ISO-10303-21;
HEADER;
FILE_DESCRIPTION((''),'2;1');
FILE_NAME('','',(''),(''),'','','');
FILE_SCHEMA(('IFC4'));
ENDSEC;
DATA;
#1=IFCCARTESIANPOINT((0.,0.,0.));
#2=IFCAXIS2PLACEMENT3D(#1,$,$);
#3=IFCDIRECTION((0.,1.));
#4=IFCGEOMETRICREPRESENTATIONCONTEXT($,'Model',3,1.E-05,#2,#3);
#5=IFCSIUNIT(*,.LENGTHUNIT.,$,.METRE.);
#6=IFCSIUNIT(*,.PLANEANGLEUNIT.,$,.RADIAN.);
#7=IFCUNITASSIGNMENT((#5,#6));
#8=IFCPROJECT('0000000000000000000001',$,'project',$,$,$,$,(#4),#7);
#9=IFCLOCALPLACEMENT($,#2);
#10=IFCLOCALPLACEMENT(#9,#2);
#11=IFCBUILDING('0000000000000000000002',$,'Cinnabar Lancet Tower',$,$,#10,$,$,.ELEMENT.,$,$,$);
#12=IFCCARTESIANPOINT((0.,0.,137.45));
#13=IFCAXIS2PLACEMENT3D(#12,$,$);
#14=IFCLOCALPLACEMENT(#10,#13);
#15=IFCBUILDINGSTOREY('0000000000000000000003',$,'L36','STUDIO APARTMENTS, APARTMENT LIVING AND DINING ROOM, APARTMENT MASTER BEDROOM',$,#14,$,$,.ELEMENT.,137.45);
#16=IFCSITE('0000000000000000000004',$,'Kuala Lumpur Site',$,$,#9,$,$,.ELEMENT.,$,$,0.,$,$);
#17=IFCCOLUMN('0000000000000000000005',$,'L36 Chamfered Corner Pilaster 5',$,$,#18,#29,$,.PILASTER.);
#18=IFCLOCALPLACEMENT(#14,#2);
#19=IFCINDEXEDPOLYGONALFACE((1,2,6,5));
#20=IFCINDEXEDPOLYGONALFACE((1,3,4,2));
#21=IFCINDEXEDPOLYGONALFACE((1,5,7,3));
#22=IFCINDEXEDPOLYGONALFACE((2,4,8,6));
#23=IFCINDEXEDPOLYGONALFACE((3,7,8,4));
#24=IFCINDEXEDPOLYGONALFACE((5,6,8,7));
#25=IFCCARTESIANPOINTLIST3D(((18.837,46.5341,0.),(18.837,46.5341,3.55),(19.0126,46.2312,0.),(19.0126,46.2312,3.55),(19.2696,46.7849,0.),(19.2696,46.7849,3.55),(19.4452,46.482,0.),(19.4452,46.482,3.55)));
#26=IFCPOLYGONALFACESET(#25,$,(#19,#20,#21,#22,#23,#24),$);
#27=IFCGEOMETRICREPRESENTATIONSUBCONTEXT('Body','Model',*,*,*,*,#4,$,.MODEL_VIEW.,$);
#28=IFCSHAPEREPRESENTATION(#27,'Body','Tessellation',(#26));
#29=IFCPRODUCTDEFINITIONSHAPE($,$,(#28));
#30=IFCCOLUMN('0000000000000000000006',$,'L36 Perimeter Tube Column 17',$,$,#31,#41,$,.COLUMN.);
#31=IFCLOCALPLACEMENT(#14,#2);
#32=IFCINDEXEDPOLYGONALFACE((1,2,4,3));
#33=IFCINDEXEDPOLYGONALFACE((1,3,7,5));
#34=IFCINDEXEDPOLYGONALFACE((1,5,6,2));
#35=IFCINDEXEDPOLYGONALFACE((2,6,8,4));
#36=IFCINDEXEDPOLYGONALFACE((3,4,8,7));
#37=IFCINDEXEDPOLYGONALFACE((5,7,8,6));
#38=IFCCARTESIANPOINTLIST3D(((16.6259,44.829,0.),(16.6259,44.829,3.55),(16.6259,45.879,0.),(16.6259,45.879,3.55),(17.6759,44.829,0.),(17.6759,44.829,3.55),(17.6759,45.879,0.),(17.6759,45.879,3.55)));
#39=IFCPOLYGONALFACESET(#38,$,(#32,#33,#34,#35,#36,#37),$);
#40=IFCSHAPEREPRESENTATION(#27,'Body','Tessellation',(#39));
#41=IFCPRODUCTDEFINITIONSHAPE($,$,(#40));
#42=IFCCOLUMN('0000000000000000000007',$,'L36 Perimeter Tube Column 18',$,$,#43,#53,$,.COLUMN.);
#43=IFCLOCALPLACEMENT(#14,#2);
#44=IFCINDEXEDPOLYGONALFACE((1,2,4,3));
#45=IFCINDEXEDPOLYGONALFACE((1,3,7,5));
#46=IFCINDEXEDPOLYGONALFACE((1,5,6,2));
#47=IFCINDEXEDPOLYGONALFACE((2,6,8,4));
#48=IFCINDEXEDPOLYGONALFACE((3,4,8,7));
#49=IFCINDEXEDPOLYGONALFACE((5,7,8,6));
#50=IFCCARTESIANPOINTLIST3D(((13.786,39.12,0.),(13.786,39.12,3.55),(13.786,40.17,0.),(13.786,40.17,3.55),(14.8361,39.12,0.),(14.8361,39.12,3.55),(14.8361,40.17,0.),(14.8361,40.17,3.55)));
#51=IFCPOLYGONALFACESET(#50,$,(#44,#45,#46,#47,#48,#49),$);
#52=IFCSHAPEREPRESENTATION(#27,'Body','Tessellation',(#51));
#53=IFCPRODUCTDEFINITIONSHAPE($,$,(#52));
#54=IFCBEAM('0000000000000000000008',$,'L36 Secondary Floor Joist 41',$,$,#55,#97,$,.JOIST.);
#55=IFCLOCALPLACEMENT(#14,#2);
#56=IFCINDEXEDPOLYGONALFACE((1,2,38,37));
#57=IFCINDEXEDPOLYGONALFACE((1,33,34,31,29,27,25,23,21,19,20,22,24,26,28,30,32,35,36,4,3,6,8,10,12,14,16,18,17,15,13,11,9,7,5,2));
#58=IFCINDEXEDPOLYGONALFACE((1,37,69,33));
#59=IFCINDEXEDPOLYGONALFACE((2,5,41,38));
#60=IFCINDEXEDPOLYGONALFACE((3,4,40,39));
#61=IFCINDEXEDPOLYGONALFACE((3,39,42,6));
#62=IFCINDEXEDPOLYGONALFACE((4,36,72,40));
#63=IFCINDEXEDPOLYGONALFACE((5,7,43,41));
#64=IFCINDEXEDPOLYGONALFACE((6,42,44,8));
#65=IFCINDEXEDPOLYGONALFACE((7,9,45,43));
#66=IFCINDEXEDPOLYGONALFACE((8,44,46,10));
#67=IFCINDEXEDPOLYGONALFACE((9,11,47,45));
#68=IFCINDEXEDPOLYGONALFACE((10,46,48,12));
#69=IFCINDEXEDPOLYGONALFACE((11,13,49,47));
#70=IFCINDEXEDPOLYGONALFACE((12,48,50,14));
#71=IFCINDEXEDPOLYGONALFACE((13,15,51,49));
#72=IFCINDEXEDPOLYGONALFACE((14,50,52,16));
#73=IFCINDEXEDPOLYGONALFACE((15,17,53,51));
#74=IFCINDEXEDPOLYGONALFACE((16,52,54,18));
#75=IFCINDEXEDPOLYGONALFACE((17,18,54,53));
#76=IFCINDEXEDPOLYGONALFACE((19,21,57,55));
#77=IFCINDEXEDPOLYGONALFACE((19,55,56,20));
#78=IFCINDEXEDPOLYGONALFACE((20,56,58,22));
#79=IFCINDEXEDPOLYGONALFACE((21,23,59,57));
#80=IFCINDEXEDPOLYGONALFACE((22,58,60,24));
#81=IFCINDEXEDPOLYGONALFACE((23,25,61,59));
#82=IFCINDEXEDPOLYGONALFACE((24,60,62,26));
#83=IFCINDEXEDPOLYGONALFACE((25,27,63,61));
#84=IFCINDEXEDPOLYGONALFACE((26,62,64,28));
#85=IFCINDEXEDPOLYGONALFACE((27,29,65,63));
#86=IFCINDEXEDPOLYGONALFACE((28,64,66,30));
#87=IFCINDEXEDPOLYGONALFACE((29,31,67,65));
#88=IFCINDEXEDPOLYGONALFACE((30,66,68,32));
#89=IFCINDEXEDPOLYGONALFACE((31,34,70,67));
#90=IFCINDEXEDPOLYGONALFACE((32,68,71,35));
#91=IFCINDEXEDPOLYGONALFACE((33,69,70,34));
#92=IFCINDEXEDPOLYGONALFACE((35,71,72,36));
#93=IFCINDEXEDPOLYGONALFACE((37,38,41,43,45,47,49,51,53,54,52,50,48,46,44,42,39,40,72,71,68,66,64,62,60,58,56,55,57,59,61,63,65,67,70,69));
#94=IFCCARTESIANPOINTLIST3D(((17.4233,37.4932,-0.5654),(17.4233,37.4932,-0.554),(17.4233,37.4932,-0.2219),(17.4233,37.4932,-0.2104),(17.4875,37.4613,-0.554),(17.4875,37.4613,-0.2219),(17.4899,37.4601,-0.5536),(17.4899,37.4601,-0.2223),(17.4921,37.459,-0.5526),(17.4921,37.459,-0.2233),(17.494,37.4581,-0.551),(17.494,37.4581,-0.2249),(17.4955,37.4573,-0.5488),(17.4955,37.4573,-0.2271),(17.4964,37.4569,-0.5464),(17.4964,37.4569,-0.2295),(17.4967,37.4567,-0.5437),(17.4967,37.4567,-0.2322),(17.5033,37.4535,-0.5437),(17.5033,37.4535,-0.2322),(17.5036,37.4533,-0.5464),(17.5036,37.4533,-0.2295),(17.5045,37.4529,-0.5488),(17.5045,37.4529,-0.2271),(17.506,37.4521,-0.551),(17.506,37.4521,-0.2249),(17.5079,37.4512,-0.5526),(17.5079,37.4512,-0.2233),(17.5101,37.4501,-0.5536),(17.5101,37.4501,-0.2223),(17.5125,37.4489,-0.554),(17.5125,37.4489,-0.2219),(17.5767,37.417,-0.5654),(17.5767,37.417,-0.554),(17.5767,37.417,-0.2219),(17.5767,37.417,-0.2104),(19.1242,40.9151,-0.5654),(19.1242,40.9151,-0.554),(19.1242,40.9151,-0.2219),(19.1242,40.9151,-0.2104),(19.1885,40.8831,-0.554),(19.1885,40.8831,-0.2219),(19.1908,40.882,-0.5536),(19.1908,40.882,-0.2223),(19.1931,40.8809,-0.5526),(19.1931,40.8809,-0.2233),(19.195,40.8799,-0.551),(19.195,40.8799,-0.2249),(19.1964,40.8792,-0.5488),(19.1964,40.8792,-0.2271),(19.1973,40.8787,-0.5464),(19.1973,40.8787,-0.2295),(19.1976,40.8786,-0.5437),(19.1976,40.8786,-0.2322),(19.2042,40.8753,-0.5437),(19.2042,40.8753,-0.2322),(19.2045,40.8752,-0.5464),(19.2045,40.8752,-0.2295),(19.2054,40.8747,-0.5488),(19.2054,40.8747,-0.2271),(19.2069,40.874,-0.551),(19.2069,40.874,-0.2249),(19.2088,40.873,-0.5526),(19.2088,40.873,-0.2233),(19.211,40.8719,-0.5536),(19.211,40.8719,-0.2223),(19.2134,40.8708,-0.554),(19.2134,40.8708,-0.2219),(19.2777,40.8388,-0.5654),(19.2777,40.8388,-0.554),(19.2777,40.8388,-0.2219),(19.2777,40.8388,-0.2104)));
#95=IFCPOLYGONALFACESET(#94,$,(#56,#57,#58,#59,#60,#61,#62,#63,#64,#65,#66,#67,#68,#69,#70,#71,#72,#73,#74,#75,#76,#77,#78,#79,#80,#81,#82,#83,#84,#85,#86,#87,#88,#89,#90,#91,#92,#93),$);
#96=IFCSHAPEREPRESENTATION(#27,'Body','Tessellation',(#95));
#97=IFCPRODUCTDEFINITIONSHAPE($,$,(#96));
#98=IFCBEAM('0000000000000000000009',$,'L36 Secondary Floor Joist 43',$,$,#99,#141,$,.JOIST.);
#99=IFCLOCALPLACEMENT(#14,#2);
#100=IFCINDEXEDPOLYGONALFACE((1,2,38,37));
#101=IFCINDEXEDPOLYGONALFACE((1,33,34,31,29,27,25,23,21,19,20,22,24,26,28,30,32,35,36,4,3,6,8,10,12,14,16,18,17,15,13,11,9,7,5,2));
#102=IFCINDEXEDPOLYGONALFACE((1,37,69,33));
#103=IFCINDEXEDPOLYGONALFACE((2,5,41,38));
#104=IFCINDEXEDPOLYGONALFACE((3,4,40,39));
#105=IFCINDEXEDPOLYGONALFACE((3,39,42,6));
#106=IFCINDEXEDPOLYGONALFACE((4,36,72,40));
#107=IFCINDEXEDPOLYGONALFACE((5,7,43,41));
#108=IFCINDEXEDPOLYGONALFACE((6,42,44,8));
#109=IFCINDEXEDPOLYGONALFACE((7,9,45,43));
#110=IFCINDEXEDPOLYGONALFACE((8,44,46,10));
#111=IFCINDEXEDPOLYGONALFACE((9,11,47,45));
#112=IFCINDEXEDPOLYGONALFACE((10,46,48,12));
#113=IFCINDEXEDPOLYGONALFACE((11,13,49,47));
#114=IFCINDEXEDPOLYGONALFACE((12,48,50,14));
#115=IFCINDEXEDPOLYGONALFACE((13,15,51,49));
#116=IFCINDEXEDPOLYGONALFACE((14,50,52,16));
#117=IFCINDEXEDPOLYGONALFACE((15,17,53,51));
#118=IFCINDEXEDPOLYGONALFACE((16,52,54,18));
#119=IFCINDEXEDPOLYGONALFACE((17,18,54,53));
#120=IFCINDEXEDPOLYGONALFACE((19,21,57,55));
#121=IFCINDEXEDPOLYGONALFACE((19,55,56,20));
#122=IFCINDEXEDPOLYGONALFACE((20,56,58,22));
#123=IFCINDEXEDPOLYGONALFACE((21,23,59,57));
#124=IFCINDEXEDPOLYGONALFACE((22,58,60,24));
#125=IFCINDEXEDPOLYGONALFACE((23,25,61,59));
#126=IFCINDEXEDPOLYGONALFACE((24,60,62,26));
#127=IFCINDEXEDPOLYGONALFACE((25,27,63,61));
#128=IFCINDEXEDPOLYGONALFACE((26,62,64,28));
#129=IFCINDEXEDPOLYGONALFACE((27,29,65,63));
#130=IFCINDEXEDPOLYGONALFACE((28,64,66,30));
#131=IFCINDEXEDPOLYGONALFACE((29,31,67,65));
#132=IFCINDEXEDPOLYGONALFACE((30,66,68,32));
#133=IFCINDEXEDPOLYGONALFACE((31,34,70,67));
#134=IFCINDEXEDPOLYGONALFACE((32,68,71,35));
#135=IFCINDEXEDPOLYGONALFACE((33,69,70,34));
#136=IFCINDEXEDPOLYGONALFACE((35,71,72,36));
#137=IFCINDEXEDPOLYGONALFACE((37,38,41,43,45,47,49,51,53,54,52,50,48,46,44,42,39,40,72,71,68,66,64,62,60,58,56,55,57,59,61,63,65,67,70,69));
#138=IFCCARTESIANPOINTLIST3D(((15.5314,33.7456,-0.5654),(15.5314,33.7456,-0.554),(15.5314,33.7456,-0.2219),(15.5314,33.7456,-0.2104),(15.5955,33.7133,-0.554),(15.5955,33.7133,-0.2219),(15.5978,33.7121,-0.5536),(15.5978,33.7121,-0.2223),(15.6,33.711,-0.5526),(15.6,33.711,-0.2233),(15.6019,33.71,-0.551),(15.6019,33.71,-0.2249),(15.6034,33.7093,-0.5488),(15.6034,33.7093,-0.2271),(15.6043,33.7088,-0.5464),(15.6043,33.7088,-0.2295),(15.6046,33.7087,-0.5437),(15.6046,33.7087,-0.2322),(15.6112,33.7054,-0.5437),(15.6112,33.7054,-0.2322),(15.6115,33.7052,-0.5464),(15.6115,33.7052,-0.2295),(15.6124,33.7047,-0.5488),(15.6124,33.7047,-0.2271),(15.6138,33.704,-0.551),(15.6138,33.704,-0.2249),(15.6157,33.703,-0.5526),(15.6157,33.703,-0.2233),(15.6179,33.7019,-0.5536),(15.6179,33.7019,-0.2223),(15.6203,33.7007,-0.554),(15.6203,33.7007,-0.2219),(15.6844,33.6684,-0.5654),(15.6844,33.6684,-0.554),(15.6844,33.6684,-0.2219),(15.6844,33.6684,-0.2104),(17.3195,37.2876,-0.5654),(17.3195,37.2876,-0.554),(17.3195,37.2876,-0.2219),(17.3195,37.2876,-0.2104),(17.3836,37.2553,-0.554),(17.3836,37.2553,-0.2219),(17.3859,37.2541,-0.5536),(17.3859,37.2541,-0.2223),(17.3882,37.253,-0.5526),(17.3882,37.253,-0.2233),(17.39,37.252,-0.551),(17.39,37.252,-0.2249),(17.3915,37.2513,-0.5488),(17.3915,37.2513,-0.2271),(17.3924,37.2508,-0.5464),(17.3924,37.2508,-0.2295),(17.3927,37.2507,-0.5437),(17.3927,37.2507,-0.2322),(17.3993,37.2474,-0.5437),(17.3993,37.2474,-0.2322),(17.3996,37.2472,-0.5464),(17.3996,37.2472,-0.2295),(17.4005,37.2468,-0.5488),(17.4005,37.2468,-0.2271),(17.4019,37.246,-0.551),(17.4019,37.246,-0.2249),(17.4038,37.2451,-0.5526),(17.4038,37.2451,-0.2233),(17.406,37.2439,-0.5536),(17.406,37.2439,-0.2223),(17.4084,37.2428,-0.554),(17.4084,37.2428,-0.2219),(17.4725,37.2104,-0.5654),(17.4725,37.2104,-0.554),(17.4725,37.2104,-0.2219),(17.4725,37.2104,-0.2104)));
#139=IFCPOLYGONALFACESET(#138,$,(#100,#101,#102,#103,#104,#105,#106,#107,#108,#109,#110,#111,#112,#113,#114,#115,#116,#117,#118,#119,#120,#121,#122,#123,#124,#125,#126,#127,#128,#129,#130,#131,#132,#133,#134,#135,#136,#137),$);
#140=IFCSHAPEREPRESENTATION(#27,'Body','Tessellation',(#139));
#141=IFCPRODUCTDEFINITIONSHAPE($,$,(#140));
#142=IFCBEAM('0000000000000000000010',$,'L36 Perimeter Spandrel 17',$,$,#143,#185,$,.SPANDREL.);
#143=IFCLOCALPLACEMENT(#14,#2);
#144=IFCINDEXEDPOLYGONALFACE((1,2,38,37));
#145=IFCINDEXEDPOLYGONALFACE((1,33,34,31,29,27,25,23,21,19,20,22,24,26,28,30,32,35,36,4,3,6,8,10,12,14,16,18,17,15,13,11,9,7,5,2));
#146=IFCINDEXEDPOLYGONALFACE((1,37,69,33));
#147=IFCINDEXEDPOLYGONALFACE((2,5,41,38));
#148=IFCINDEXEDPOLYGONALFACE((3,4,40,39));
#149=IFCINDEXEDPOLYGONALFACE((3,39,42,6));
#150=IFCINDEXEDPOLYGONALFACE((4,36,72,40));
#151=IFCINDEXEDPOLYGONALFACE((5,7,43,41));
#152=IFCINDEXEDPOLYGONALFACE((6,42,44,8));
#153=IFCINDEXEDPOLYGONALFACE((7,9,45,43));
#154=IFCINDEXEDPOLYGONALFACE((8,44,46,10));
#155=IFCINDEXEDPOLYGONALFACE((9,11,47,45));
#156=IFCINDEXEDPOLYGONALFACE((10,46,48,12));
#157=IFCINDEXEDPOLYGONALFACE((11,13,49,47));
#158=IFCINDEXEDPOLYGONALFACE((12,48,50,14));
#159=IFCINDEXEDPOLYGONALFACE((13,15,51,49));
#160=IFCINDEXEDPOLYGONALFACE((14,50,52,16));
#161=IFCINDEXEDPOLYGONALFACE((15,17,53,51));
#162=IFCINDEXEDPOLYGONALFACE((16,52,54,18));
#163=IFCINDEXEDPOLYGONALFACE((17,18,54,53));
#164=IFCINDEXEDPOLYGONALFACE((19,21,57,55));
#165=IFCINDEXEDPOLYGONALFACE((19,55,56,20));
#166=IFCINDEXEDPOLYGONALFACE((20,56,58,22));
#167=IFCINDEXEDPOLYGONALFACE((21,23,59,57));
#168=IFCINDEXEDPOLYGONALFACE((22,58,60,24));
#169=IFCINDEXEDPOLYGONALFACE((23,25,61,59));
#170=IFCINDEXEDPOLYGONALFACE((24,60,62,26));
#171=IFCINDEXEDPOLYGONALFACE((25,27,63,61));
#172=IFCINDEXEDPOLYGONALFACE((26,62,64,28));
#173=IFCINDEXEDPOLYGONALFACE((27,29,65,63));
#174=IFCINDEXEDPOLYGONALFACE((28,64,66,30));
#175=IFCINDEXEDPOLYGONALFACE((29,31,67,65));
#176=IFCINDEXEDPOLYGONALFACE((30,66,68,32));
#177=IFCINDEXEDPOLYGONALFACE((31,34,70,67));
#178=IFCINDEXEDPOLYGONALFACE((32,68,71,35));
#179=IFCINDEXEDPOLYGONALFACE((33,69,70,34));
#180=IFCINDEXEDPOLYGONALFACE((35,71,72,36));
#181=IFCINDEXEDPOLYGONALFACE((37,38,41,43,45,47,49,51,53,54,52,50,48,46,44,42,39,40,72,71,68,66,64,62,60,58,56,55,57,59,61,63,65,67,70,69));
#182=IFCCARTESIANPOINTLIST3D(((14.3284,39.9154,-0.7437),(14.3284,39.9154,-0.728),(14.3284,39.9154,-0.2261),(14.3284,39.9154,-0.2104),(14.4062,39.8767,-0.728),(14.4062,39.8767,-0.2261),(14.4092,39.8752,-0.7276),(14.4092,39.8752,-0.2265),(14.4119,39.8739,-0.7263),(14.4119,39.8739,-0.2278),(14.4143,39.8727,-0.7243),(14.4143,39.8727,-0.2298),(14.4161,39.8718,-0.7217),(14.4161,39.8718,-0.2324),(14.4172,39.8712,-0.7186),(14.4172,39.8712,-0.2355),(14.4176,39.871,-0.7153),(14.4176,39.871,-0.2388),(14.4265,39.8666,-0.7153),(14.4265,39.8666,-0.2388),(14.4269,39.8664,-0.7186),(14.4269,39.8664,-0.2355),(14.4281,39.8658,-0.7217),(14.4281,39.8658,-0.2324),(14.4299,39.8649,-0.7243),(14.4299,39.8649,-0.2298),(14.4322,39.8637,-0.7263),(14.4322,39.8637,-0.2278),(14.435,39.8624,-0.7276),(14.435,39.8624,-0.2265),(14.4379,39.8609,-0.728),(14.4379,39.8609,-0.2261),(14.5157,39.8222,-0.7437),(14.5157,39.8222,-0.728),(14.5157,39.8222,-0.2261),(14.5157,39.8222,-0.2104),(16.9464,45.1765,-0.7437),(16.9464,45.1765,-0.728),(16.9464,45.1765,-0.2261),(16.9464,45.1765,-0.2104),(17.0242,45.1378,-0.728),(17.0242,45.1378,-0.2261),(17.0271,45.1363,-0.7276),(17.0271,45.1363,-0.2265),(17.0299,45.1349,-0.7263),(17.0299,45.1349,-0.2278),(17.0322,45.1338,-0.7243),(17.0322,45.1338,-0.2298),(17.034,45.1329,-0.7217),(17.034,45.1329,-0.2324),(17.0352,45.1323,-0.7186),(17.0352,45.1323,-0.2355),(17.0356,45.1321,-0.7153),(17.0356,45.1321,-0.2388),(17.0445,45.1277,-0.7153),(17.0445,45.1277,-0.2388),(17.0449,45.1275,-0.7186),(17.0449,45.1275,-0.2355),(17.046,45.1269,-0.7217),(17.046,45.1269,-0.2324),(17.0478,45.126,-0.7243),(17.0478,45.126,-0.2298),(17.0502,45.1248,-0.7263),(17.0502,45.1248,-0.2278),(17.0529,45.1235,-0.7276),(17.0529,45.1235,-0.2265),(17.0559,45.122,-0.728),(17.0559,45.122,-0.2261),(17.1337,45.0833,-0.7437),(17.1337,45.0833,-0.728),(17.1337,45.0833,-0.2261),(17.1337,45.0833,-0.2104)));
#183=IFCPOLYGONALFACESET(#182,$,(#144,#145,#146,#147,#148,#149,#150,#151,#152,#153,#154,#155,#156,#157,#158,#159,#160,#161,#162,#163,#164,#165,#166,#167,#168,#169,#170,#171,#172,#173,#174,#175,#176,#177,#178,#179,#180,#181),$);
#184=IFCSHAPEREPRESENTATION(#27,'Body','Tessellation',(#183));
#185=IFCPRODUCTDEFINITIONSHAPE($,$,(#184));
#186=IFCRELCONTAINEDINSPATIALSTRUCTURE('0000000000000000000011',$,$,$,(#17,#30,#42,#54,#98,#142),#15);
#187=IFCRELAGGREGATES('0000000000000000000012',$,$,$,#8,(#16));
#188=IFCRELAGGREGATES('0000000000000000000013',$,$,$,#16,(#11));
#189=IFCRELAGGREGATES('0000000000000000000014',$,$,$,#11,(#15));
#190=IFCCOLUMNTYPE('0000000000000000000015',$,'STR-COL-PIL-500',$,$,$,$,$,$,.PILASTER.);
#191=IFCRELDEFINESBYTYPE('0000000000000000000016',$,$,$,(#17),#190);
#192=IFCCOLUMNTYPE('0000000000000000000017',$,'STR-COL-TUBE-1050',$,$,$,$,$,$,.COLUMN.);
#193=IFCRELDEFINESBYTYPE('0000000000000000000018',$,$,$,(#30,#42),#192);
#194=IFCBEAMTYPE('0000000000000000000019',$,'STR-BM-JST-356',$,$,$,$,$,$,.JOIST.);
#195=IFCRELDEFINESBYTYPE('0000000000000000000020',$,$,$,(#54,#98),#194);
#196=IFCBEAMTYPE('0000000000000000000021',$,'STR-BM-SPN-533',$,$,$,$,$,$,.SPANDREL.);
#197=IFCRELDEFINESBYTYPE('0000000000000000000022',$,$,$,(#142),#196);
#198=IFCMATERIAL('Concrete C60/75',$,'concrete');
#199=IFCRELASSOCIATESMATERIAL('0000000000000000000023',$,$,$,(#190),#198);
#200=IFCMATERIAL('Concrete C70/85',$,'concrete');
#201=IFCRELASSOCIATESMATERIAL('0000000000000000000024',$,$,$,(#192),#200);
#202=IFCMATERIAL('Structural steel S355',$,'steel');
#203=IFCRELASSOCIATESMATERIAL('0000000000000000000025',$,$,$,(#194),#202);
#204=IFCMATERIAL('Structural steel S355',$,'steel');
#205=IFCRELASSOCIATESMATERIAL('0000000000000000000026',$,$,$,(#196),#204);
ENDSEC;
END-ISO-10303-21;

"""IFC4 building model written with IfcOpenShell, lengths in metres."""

from ifc_helpers import new_model, si_unit, direction, frame, origin, origin_2d, place, context, subcontext, project, spatial, rectangle, i_section, extrude, material, material_profile, profile_set, type_object, element, save


model = new_model("IFC4")

# Units and contexts
model_context = context("Model", 3, precision=1e-05, world=origin(), true_north=direction((0.0, 1.0)))
body_context = subcontext(model_context, "Body", "Model", "MODEL_VIEW")
ifc_project = project(units=[si_unit("LENGTHUNIT", "METRE"), si_unit("PLANEANGLEUNIT", "RADIAN")], contexts=[model_context])

# Site, building, storey
site_placement = place(None, origin())
site = spatial("IfcSite", under=ifc_project, at=site_placement, Name="Kuala Lumpur Site", CompositionType="ELEMENT", RefElevation=0.0)
building_placement = place(site_placement, origin())
building = spatial("IfcBuilding", under=site, at=building_placement, Name="Cinnabar Lancet Tower", CompositionType="ELEMENT")
storey_placement = place(building_placement, frame((0.0, 0.0, 137.45)))
storey = spatial("IfcBuildingStorey", under=building, at=storey_placement, Name="L36", Description="STUDIO APARTMENTS, APARTMENT LIVING AND DINING ROOM, APARTMENT MASTER BEDROOM", CompositionType="ELEMENT", Elevation=137.45)

# Columns
ifc_material_1 = material(Name="Concrete C60/75", Category="concrete")
ifc_material_profile_1 = material_profile(ifc_material_1, rectangle(XDim=0.5, YDim=0.3501, at=origin_2d()), Name="RC-PIL 500x350")
ifc_profile_set_1 = profile_set([ifc_material_profile_1], Name="Concrete C60/75")
column_type_1 = type_object("IfcColumnType", Name="STR-COL-PIL-500", PredefinedType="PILASTER", material=ifc_profile_set_1)
column_placement = place(storey_placement, frame((19.1411, 46.5081, 0.0), z_axis=(0.0, 0.0, 1.0), x_axis=(-0.86516, -0.501496, 0.0)))
element("IfcColumn", 1, at=column_placement, inside=storey, type_object=column_type_1, Name="L36 Chamfered Corner Pilaster 5", PredefinedType="PILASTER", context=body_context, shape_type="SweptSolid", body=[
    extrude(rectangle(XDim=0.5, YDim=0.3501, at=origin_2d()), origin(), (0.0, 0.0, 1.0), 3.55),
])
ifc_material_2 = material(Name="Concrete C70/85", Category="concrete")
ifc_material_profile_2 = material_profile(ifc_material_2, rectangle(XDim=1.05, YDim=1.05, at=origin_2d()), Name="RC-COL 1050x1050")
ifc_profile_set_2 = profile_set([ifc_material_profile_2], Name="Concrete C70/85")
column_type_2 = type_object("IfcColumnType", Name="STR-COL-TUBE-1050", PredefinedType="COLUMN", material=ifc_profile_set_2)
for number, where, z_axis, x_axis, name in (
    (2, (17.1509, 45.354, 0.0), (0.0, 0.0, 1.0), (1.0, 0.0, 0.0), "L36 Perimeter Tube Column 17"),
    (3, (14.311, 39.645, 0.0), (0.0, 0.0, 1.0), (1.0, 0.0, 0.0), "L36 Perimeter Tube Column 18"),
):
    element("IfcColumn", number, at=place(storey_placement, frame(where, z_axis=z_axis, x_axis=x_axis)), inside=storey, type_object=column_type_2, Name=name, PredefinedType="COLUMN", context=body_context, shape_type="SweptSolid", body=[
        extrude(rectangle(XDim=1.05, YDim=1.05, at=origin_2d()), origin(), (0.0, 0.0, 1.0), 3.55),
    ])

# Beams
ifc_material_3 = material(Name="Structural steel S355", Category="steel")
ifc_material_profile_3 = material_profile(ifc_material_3, i_section(OverallWidth=0.1714, OverallDepth=0.355, WebThickness=0.0073, FlangeThickness=0.0115, FilletRadius=0.0103, at=origin_2d()), Name="UKB 356x171x51")
ifc_profile_set_3 = profile_set([ifc_material_profile_3], Name="Structural steel S355")
beam_type_1 = type_object("IfcBeamType", Name="STR-BM-JST-356", PredefinedType="JOIST", material=ifc_profile_set_3)
beam_1_placement = place(storey_placement, frame((19.2009, 40.877, -0.3879), z_axis=(-0.445117, -0.895473, 0.0), x_axis=(0.895473, -0.445117, 0.0)))
element("IfcBeam", 4, at=beam_1_placement, inside=storey, type_object=beam_type_1, Name="L36 Secondary Floor Joist 41", PredefinedType="JOIST", context=body_context, shape_type="SweptSolid", body=[
    extrude(i_section(OverallWidth=0.1714, OverallDepth=0.355, WebThickness=0.0073, FlangeThickness=0.0115, FilletRadius=0.0103, at=origin_2d()), origin(), (0.0, 0.0, 1.0), 3.8213),
])
beam_2_placement = place(storey_placement, frame((17.396, 37.249, -0.3879), z_axis=(-0.450656, -0.892698, 0.0), x_axis=(0.892698, -0.450656, 0.0)))
element("IfcBeam", 5, at=beam_2_placement, inside=storey, type_object=beam_type_1, Name="L36 Secondary Floor Joist 43", PredefinedType="JOIST", context=body_context, shape_type="SweptSolid", body=[
    extrude(i_section(OverallWidth=0.1714, OverallDepth=0.355, WebThickness=0.0073, FlangeThickness=0.0115, FilletRadius=0.0103, at=origin_2d()), origin(), (0.0, 0.0, 1.0), 3.9678),
])
ifc_material_4 = material(Name="Structural steel S355", Category="steel")
ifc_material_profile_4 = material_profile(ifc_material_4, i_section(OverallWidth=0.2092, OverallDepth=0.5332, WebThickness=0.01, FlangeThickness=0.0156, FilletRadius=0.0127, at=origin_2d()), Name="UKB 533x210x92")
ifc_profile_set_4 = profile_set([ifc_material_profile_4], Name="Structural steel S355")
beam_type_2 = type_object("IfcBeamType", Name="STR-BM-SPN-533", PredefinedType="SPANDREL", material=ifc_profile_set_4)
beam_3_placement = place(storey_placement, frame((17.04, 45.1299, -0.4771), z_axis=(-0.445501, -0.895281, 0.0), x_axis=(0.895281, -0.445501, 0.0)))
element("IfcBeam", 6, at=beam_3_placement, inside=storey, type_object=beam_type_2, Name="L36 Perimeter Spandrel 17", PredefinedType="SPANDREL", context=body_context, shape_type="SweptSolid", body=[
    extrude(i_section(OverallWidth=0.2092, OverallDepth=0.5332, WebThickness=0.01, FlangeThickness=0.0156, FilletRadius=0.0127, at=origin_2d()), origin(), (0.0, 0.0, 1.0), 5.8765),
])

save(model, "model.ifc")
